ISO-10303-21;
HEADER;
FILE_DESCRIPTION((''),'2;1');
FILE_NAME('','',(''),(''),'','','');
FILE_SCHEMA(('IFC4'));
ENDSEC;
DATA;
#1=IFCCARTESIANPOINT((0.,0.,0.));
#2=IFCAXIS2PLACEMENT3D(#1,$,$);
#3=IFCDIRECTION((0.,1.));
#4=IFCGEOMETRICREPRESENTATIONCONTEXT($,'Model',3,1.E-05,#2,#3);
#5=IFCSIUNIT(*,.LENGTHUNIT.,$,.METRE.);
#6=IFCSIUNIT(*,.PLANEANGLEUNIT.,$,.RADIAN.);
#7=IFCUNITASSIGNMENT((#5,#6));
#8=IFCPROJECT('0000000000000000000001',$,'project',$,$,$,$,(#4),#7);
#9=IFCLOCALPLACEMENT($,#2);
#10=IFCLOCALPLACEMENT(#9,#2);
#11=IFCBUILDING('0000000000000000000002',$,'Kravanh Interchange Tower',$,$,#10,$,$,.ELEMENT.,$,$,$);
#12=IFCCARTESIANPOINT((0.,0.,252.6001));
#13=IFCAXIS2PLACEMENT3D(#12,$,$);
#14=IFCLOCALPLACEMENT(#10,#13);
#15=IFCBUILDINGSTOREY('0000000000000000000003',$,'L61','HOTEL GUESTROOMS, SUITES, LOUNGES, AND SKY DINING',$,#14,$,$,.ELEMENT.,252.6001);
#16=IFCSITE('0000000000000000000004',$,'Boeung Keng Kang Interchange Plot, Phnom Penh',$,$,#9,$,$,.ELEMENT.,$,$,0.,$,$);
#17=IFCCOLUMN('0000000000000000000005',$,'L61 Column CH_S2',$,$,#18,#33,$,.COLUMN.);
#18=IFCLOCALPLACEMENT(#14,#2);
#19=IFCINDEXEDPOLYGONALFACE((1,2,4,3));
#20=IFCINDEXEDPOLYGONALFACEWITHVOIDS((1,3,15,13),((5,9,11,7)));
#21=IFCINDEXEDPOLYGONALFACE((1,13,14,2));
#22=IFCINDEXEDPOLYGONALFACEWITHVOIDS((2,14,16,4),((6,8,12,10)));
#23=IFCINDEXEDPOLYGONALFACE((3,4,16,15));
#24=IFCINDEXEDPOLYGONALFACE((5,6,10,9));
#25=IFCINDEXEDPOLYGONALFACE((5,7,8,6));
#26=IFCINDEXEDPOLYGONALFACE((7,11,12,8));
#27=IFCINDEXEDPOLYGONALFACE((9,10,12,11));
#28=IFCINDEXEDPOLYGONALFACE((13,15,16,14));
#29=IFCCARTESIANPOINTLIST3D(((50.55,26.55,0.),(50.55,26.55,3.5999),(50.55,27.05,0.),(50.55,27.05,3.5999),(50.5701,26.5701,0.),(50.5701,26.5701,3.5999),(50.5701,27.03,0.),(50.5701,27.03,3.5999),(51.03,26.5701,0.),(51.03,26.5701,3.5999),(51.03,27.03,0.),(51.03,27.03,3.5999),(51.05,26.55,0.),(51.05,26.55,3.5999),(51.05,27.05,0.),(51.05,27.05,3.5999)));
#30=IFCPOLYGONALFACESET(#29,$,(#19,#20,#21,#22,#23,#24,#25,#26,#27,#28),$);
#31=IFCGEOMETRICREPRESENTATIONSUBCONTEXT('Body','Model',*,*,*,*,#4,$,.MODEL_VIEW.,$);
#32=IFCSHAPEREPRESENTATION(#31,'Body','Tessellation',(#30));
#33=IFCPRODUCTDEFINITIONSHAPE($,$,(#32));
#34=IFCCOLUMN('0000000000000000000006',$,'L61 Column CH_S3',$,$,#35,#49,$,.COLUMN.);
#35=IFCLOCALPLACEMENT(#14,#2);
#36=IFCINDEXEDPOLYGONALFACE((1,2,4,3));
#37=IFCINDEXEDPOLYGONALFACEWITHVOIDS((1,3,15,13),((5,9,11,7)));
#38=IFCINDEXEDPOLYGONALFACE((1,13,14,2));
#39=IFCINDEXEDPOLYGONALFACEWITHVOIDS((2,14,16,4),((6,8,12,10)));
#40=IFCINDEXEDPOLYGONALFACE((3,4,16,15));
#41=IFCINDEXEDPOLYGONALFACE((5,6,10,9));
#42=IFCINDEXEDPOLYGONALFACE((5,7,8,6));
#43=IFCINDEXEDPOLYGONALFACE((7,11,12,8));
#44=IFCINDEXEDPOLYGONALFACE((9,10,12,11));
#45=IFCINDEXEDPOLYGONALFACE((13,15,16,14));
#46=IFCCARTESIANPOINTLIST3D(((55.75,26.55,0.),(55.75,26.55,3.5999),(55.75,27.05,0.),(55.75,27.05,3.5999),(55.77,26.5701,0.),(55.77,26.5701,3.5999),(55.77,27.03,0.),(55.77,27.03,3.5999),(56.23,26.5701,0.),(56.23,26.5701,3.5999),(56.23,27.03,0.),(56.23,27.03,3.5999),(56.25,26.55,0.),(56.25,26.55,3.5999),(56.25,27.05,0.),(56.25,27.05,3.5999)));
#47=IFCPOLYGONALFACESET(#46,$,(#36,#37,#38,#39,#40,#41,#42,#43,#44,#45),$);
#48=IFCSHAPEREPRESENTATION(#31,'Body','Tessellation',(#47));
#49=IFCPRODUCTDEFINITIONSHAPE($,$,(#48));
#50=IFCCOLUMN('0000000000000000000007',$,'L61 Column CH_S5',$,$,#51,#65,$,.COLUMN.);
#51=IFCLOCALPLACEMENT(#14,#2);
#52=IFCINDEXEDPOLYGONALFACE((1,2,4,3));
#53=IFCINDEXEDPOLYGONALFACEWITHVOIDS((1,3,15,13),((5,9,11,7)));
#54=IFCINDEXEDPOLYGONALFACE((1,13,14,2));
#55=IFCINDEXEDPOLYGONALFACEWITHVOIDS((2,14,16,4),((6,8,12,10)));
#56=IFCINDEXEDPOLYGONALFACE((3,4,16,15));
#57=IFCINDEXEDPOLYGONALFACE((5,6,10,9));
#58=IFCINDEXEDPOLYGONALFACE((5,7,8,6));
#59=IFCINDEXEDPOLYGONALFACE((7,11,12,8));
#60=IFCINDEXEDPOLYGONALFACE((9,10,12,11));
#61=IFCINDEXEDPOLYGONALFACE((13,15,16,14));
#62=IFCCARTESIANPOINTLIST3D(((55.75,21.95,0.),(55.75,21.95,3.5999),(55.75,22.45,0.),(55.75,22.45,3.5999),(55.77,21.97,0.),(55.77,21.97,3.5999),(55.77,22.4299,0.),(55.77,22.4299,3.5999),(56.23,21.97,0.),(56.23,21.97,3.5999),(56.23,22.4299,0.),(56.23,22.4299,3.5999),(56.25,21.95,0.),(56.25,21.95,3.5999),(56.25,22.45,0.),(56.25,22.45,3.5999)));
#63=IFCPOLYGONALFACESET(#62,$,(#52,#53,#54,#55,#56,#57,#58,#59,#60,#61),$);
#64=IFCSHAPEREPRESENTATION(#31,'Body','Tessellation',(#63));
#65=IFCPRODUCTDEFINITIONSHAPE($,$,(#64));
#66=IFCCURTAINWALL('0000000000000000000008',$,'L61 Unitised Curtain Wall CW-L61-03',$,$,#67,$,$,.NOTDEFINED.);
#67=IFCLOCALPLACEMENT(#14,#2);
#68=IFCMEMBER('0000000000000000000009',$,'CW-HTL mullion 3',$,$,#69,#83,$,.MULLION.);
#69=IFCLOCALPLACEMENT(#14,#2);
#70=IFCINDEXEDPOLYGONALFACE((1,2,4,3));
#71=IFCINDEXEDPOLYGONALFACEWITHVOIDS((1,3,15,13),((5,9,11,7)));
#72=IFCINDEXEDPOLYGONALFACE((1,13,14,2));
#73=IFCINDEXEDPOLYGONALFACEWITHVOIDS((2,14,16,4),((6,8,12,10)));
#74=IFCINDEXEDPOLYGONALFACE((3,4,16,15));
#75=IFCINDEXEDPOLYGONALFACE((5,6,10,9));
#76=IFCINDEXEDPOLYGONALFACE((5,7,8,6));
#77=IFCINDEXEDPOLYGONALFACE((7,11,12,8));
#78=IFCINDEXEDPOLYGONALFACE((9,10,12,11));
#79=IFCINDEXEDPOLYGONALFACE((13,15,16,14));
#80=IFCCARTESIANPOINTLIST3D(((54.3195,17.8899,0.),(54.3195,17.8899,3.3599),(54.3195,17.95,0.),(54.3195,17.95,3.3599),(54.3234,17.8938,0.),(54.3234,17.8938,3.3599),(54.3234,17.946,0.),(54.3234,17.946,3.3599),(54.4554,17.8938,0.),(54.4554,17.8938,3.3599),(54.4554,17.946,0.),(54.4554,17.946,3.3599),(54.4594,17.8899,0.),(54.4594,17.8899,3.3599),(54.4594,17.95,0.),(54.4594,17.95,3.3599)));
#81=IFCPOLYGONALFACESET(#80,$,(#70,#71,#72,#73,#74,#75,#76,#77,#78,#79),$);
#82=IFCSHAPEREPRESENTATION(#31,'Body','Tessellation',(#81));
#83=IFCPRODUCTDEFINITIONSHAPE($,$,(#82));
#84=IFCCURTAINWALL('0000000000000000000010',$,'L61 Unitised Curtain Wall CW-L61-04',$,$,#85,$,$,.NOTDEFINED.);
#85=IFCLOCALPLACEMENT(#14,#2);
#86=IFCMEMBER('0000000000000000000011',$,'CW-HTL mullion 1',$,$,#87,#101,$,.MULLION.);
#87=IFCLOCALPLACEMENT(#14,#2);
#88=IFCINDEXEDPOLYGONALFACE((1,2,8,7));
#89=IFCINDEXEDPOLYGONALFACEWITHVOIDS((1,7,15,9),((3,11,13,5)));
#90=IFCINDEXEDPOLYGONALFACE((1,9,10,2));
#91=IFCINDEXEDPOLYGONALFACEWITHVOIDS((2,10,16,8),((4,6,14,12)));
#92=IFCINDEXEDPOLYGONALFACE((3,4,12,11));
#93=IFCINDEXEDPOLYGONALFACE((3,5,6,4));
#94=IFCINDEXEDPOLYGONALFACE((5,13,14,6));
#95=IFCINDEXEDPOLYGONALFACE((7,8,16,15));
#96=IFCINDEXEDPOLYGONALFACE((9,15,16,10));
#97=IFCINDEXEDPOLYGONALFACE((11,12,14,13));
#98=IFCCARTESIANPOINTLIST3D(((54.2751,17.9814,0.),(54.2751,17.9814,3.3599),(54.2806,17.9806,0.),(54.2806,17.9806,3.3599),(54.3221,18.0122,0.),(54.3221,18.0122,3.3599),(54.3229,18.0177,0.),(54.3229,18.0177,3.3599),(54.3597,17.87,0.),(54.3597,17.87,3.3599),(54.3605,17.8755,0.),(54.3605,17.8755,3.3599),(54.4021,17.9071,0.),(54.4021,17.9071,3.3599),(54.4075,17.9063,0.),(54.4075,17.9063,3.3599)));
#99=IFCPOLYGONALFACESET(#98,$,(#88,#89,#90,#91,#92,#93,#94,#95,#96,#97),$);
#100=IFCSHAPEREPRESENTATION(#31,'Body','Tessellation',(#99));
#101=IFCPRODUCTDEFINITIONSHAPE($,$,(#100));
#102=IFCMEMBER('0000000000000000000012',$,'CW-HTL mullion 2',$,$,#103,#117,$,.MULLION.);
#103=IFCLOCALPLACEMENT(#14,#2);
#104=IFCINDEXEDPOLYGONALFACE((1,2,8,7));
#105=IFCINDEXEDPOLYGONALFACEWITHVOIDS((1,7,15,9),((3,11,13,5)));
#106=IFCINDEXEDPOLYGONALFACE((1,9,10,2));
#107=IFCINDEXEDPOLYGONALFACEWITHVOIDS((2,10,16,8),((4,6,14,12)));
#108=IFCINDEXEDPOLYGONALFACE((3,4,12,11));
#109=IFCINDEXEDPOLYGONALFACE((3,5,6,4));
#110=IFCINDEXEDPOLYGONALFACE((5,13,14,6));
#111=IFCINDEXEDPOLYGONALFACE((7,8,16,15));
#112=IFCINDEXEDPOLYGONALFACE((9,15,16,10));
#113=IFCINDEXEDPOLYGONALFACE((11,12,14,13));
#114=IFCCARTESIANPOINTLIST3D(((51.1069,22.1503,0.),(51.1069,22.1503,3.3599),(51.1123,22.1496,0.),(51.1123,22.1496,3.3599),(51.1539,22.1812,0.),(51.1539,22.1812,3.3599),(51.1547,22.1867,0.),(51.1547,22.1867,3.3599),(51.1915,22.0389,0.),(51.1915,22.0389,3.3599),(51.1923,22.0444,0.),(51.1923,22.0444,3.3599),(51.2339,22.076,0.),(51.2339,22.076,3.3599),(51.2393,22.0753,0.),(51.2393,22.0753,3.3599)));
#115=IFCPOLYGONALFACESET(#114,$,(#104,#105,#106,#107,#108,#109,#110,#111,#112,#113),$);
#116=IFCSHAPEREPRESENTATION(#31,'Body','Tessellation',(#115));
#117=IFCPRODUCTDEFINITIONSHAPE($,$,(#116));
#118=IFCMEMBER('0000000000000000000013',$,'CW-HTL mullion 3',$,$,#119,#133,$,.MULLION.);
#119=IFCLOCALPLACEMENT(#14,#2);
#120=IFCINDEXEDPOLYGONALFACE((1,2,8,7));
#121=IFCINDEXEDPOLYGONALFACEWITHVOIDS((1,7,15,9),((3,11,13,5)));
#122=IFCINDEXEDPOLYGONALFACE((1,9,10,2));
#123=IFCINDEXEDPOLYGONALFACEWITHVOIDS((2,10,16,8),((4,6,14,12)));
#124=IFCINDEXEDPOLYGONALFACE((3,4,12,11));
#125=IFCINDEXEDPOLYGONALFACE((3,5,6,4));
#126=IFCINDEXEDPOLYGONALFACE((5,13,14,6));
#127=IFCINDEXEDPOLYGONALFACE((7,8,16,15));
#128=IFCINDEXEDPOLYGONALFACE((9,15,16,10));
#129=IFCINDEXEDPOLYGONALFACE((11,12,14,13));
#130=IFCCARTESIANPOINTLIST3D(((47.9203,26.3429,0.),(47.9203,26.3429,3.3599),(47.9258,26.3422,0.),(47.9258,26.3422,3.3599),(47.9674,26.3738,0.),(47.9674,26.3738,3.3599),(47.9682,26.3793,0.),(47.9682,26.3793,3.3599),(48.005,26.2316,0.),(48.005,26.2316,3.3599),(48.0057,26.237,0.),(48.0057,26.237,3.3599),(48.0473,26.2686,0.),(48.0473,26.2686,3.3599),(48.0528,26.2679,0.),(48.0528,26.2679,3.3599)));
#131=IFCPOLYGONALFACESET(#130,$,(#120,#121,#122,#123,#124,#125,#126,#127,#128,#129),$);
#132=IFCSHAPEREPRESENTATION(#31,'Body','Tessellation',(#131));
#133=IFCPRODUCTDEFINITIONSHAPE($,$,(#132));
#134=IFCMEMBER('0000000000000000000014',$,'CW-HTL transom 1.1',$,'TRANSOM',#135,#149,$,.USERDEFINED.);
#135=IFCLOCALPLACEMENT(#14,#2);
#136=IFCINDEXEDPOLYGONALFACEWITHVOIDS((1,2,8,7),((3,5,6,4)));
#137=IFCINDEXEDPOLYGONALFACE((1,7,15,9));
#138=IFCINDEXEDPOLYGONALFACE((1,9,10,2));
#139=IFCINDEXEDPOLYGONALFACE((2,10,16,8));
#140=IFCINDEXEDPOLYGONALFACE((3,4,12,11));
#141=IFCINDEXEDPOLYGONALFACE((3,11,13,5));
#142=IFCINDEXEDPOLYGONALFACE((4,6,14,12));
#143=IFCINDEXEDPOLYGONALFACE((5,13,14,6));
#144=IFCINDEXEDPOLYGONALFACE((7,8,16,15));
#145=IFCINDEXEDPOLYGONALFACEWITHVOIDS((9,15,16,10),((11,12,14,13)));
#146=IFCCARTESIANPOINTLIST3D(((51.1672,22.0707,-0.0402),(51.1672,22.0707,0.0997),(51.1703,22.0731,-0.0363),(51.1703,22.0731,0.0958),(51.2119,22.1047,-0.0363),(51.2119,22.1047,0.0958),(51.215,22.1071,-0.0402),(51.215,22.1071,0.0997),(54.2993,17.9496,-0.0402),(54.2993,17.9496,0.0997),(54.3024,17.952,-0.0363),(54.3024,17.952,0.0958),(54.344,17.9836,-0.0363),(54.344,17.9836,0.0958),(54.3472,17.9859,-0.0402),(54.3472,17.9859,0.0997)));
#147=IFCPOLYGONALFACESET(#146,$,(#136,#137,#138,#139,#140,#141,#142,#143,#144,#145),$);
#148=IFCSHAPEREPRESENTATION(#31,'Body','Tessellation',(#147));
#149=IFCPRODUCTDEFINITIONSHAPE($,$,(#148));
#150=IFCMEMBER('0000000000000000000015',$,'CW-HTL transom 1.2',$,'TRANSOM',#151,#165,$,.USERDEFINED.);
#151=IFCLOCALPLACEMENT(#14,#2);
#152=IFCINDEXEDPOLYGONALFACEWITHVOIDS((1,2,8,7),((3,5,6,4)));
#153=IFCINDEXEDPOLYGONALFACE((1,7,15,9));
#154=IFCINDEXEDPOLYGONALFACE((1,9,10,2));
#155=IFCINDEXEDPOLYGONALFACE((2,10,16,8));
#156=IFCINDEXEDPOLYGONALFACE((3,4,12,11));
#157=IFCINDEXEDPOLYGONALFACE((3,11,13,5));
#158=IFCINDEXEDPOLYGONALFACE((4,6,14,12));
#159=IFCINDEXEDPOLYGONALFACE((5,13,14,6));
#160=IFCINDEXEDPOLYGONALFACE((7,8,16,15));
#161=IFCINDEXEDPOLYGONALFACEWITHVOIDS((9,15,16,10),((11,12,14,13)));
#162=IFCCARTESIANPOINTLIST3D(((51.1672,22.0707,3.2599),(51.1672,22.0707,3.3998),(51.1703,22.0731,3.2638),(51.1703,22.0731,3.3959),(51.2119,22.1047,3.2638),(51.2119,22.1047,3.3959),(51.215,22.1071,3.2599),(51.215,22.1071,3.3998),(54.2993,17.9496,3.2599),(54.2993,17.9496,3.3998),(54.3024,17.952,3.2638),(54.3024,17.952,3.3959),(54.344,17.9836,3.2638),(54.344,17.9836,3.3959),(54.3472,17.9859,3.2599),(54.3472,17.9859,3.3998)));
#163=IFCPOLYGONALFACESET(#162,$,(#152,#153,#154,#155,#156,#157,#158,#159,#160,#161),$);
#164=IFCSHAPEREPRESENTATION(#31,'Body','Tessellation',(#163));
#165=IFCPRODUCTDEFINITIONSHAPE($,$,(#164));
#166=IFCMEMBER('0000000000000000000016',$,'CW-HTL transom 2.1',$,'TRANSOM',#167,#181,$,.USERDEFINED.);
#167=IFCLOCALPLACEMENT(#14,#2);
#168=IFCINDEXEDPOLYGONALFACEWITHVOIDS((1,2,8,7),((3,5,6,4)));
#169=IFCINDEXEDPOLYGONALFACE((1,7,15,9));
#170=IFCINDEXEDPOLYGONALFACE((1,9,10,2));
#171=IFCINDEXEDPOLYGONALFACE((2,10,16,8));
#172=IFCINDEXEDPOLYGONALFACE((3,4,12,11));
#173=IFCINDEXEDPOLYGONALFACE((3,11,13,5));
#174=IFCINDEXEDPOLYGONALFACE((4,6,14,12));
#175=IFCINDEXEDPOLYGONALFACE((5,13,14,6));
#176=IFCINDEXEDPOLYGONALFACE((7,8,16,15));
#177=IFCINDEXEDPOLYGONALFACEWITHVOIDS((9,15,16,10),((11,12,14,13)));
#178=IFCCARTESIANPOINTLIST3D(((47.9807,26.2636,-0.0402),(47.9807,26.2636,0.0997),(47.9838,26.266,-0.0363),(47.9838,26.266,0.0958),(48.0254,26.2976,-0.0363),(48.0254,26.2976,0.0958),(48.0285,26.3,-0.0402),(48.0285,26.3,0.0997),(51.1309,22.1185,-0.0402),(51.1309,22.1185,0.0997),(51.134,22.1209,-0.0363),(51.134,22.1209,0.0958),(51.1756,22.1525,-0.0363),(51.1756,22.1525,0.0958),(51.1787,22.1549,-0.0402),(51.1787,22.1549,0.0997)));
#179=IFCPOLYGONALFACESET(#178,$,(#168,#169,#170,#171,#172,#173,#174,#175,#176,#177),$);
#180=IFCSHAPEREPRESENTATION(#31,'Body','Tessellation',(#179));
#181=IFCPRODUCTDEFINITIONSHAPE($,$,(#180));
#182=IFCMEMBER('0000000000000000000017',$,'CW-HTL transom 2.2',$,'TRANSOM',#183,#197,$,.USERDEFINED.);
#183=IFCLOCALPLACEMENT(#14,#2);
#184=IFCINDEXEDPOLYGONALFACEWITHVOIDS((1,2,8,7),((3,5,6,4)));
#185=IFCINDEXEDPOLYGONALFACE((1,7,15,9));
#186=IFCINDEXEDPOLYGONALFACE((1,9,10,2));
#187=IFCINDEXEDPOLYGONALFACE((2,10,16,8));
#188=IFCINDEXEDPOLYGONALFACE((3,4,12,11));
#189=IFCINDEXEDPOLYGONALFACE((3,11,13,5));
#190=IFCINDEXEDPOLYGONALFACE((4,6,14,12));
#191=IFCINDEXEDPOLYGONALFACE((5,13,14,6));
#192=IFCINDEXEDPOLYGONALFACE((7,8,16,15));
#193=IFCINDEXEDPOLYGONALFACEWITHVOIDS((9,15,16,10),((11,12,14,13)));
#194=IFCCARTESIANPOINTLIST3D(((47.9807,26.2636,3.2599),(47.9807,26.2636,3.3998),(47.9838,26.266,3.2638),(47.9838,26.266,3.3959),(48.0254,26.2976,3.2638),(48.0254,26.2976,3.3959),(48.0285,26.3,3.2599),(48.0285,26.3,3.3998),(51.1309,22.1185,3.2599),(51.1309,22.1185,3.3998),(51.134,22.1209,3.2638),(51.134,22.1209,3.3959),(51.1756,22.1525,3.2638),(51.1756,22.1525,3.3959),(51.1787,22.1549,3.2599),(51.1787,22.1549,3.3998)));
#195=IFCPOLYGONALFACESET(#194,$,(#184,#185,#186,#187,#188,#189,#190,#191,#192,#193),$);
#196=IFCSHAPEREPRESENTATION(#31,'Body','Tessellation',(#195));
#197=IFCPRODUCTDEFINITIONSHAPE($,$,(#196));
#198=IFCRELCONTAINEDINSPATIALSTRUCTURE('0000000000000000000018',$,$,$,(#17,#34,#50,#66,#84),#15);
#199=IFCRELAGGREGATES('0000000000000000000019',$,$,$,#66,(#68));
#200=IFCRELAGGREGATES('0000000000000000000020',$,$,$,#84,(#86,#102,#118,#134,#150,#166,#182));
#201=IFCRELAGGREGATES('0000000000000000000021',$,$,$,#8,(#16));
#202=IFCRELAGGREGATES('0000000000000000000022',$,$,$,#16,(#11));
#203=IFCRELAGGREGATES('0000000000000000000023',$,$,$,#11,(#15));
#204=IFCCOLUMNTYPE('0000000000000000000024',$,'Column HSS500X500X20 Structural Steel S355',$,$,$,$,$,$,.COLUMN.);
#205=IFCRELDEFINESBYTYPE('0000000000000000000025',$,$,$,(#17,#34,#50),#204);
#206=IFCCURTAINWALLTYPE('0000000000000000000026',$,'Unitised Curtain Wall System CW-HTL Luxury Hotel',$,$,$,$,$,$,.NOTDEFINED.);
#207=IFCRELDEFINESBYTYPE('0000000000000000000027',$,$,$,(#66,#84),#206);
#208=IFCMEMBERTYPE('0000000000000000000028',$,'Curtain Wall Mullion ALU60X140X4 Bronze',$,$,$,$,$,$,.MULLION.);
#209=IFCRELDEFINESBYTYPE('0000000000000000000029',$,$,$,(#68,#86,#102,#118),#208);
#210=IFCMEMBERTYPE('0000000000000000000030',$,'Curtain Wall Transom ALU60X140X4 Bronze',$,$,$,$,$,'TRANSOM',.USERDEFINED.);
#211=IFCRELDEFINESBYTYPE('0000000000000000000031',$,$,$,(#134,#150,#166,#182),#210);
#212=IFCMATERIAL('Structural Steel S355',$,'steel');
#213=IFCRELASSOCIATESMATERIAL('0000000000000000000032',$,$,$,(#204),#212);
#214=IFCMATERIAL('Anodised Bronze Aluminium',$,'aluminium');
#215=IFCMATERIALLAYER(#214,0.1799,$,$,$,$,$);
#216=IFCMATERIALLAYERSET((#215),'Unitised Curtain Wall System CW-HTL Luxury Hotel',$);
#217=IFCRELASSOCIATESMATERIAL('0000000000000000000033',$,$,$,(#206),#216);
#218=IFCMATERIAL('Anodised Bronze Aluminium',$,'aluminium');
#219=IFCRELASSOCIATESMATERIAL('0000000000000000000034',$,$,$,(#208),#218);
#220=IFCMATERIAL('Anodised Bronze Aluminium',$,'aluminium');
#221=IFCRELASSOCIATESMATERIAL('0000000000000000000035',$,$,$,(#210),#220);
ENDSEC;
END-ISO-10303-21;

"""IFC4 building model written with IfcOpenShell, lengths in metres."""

from ifc_helpers import new_model, si_unit, direction, frame, origin, origin_2d, place, context, subcontext, project, spatial, hollow_rectangle, extrude, material, layer, layer_set, material_profile, profile_set, type_object, element, aggregate, save


model = new_model("IFC4")

# Units and contexts
model_context = context("Model", 3, precision=1e-05, world=origin(), true_north=direction((0.0, 1.0)))
body_context = subcontext(model_context, "Body", "Model", "MODEL_VIEW")
ifc_project = project(units=[si_unit("LENGTHUNIT", "METRE"), si_unit("PLANEANGLEUNIT", "RADIAN")], contexts=[model_context])

# Site, building, storey
site_placement = place(None, origin())
site = spatial("IfcSite", under=ifc_project, at=site_placement, Name="Boeung Keng Kang Interchange Plot, Phnom Penh", CompositionType="ELEMENT", RefElevation=0.0)
building_placement = place(site_placement, origin())
building = spatial("IfcBuilding", under=site, at=building_placement, Name="Kravanh Interchange Tower", CompositionType="ELEMENT")
storey_placement = place(building_placement, frame((0.0, 0.0, 252.6001)))
storey = spatial("IfcBuildingStorey", under=building, at=storey_placement, Name="L61", Description="HOTEL GUESTROOMS, SUITES, LOUNGES, AND SKY DINING", CompositionType="ELEMENT", Elevation=252.6001)

# Columns
ifc_material_1 = material(Name="Structural Steel S355", Category="steel")
ifc_material_profile_1 = material_profile(ifc_material_1, hollow_rectangle(XDim=0.5, YDim=0.5, WallThickness=0.02, at=origin_2d()), Name="HSS500X500X20")
ifc_profile_set_1 = profile_set([ifc_material_profile_1], Name="Structural Steel S355")
column_type = type_object("IfcColumnType", Name="Column HSS500X500X20 Structural Steel S355", PredefinedType="COLUMN", material=ifc_profile_set_1)
for number, where, z_axis, x_axis, name in (
    (1, (50.8, 26.8, 0.0), (0.0, 0.0, 1.0), (1.0, 0.0, 0.0), "L61 Column CH_S2"),
    (2, (56.0, 26.8, 0.0), (0.0, 0.0, 1.0), (1.0, 0.0, 0.0), "L61 Column CH_S3"),
    (3, (56.0, 22.2, 0.0), (0.0, 0.0, 1.0), (1.0, 0.0, 0.0), "L61 Column CH_S5"),
):
    element("IfcColumn", number, at=place(storey_placement, frame(where, z_axis=z_axis, x_axis=x_axis)), inside=storey, type_object=column_type, Name=name, PredefinedType="COLUMN", context=body_context, shape_type="SweptSolid", body=[
        extrude(hollow_rectangle(XDim=0.5, YDim=0.5, WallThickness=0.02, at=origin_2d()), origin(), (0.0, 0.0, 1.0), 3.5999),
    ])

# Curtain wall, member
ifc_material_2 = material(Name="Anodised Bronze Aluminium", Category="aluminium")
ifc_layer_1 = layer(ifc_material_2, 0.1799)
ifc_layer_set_1 = layer_set([ifc_layer_1], Name="Unitised Curtain Wall System CW-HTL Luxury Hotel")
curtain_wall_type = type_object("IfcCurtainWallType", Name="Unitised Curtain Wall System CW-HTL Luxury Hotel", PredefinedType="NOTDEFINED", material=ifc_layer_set_1)
curtain_wall_1_placement = place(storey_placement, origin())
curtain_wall_1 = element("IfcCurtainWall", 4, at=curtain_wall_1_placement, inside=storey, type_object=curtain_wall_type, Name="L61 Unitised Curtain Wall CW-L61-03", PredefinedType="NOTDEFINED")
ifc_material_3 = material(Name="Anodised Bronze Aluminium", Category="aluminium")
ifc_material_profile_2 = material_profile(ifc_material_3, hollow_rectangle(XDim=0.0601, YDim=0.1399, WallThickness=0.0039, at=origin_2d()), Name="ALU60X140X4")
ifc_profile_set_2 = profile_set([ifc_material_profile_2], Name="Anodised Bronze Aluminium")
member_type_1 = type_object("IfcMemberType", Name="Curtain Wall Mullion ALU60X140X4 Bronze", PredefinedType="MULLION", material=ifc_profile_set_2)
member_1_placement = place(storey_placement, frame((54.3894, 17.9199, 0.0), z_axis=(0.0, 0.0, 1.0), x_axis=(0.0, -1.0, 0.0)))
member_1 = element("IfcMember", 5, at=member_1_placement, type_object=member_type_1, Name="CW-HTL mullion 3", PredefinedType="MULLION", context=body_context, shape_type="SweptSolid", body=[
    extrude(hollow_rectangle(XDim=0.0601, YDim=0.1399, WallThickness=0.0039, at=origin_2d()), origin(), (0.0, 0.0, 1.0), 3.3599),
])

# Curtain wall, members
curtain_wall_2_placement = place(storey_placement, origin())
curtain_wall_2 = element("IfcCurtainWall", 6, at=curtain_wall_2_placement, inside=storey, type_object=curtain_wall_type, Name="L61 Unitised Curtain Wall CW-L61-04", PredefinedType="NOTDEFINED")
member_2_placement = place(storey_placement, frame((54.3413, 17.9438, 0.0), z_axis=(0.0, 0.0, 1.0), x_axis=(-0.796162, -0.605083, 0.0)))
member_2 = element("IfcMember", 7, at=member_2_placement, type_object=member_type_1, Name="CW-HTL mullion 1", PredefinedType="MULLION", context=body_context, shape_type="SweptSolid", body=[
    extrude(hollow_rectangle(XDim=0.0601, YDim=0.1399, WallThickness=0.0039, at=origin_2d()), origin(), (0.0, 0.0, 1.0), 3.3599),
])
member_3_placement = place(storey_placement, frame((51.1731, 22.1128, 0.0), z_axis=(0.0, 0.0, 1.0), x_axis=(-0.796162, -0.605083, 0.0)))
member_3 = element("IfcMember", 8, at=member_3_placement, type_object=member_type_1, Name="CW-HTL mullion 2", PredefinedType="MULLION", context=body_context, shape_type="SweptSolid", body=[
    extrude(hollow_rectangle(XDim=0.0601, YDim=0.1399, WallThickness=0.0039, at=origin_2d()), origin(), (0.0, 0.0, 1.0), 3.3599),
])
member_4_placement = place(storey_placement, frame((47.9866, 26.3054, 0.0), z_axis=(0.0, 0.0, 1.0), x_axis=(-0.796162, -0.605083, 0.0)))
member_4 = element("IfcMember", 9, at=member_4_placement, type_object=member_type_1, Name="CW-HTL mullion 3", PredefinedType="MULLION", context=body_context, shape_type="SweptSolid", body=[
    extrude(hollow_rectangle(XDim=0.0601, YDim=0.1399, WallThickness=0.0039, at=origin_2d()), origin(), (0.0, 0.0, 1.0), 3.3599),
])
ifc_material_4 = material(Name="Anodised Bronze Aluminium", Category="aluminium")
ifc_material_profile_3 = material_profile(ifc_material_4, hollow_rectangle(XDim=0.0601, YDim=0.1399, WallThickness=0.0039, at=origin_2d()), Name="ALU60X140X4")
ifc_profile_set_3 = profile_set([ifc_material_profile_3], Name="Anodised Bronze Aluminium")
member_type_2 = type_object("IfcMemberType", Name="Curtain Wall Transom ALU60X140X4 Bronze", ElementType="TRANSOM", PredefinedType="USERDEFINED", material=ifc_profile_set_3)
member_5_placement = place(storey_placement, frame((54.3232, 17.9678, 0.0298), z_axis=(-0.605089, 0.796158, 0.0), x_axis=(-0.796158, -0.605089, 0.0)))
member_5 = element("IfcMember", 10, at=member_5_placement, type_object=member_type_2, Name="CW-HTL transom 1.1", ObjectType="TRANSOM", PredefinedType="USERDEFINED", context=body_context, shape_type="SweptSolid", body=[
    extrude(hollow_rectangle(XDim=0.0601, YDim=0.1399, WallThickness=0.0039, at=origin_2d()), origin(), (0.0, 0.0, 1.0), 5.1763),
])
member_6_placement = place(storey_placement, frame((54.3232, 17.9678, 3.3298), z_axis=(-0.605089, 0.796158, 0.0), x_axis=(-0.796158, -0.605089, 0.0)))
member_6 = element("IfcMember", 11, at=member_6_placement, type_object=member_type_2, Name="CW-HTL transom 1.2", ObjectType="TRANSOM", PredefinedType="USERDEFINED", context=body_context, shape_type="SweptSolid", body=[
    extrude(hollow_rectangle(XDim=0.0601, YDim=0.1399, WallThickness=0.0039, at=origin_2d()), origin(), (0.0, 0.0, 1.0), 5.1763),
])
member_7_placement = place(storey_placement, frame((51.1548, 22.1367, 0.0298), z_axis=(-0.605075, 0.796169, 0.0), x_axis=(-0.796169, -0.605075, 0.0)))
member_7 = element("IfcMember", 12, at=member_7_placement, type_object=member_type_2, Name="CW-HTL transom 2.1", ObjectType="TRANSOM", PredefinedType="USERDEFINED", context=body_context, shape_type="SweptSolid", body=[
    extrude(hollow_rectangle(XDim=0.0601, YDim=0.1399, WallThickness=0.0039, at=origin_2d()), origin(), (0.0, 0.0, 1.0), 5.2063),
])
member_8_placement = place(storey_placement, frame((51.1548, 22.1367, 3.3298), z_axis=(-0.605075, 0.796169, 0.0), x_axis=(-0.796169, -0.605075, 0.0)))
member_8 = element("IfcMember", 13, at=member_8_placement, type_object=member_type_2, Name="CW-HTL transom 2.2", ObjectType="TRANSOM", PredefinedType="USERDEFINED", context=body_context, shape_type="SweptSolid", body=[
    extrude(hollow_rectangle(XDim=0.0601, YDim=0.1399, WallThickness=0.0039, at=origin_2d()), origin(), (0.0, 0.0, 1.0), 5.2063),
])

aggregate(curtain_wall_1, [member_1])
aggregate(curtain_wall_2, [member_2, member_3, member_4, member_5, member_6, member_7, member_8])

save(model, "model.ifc")
